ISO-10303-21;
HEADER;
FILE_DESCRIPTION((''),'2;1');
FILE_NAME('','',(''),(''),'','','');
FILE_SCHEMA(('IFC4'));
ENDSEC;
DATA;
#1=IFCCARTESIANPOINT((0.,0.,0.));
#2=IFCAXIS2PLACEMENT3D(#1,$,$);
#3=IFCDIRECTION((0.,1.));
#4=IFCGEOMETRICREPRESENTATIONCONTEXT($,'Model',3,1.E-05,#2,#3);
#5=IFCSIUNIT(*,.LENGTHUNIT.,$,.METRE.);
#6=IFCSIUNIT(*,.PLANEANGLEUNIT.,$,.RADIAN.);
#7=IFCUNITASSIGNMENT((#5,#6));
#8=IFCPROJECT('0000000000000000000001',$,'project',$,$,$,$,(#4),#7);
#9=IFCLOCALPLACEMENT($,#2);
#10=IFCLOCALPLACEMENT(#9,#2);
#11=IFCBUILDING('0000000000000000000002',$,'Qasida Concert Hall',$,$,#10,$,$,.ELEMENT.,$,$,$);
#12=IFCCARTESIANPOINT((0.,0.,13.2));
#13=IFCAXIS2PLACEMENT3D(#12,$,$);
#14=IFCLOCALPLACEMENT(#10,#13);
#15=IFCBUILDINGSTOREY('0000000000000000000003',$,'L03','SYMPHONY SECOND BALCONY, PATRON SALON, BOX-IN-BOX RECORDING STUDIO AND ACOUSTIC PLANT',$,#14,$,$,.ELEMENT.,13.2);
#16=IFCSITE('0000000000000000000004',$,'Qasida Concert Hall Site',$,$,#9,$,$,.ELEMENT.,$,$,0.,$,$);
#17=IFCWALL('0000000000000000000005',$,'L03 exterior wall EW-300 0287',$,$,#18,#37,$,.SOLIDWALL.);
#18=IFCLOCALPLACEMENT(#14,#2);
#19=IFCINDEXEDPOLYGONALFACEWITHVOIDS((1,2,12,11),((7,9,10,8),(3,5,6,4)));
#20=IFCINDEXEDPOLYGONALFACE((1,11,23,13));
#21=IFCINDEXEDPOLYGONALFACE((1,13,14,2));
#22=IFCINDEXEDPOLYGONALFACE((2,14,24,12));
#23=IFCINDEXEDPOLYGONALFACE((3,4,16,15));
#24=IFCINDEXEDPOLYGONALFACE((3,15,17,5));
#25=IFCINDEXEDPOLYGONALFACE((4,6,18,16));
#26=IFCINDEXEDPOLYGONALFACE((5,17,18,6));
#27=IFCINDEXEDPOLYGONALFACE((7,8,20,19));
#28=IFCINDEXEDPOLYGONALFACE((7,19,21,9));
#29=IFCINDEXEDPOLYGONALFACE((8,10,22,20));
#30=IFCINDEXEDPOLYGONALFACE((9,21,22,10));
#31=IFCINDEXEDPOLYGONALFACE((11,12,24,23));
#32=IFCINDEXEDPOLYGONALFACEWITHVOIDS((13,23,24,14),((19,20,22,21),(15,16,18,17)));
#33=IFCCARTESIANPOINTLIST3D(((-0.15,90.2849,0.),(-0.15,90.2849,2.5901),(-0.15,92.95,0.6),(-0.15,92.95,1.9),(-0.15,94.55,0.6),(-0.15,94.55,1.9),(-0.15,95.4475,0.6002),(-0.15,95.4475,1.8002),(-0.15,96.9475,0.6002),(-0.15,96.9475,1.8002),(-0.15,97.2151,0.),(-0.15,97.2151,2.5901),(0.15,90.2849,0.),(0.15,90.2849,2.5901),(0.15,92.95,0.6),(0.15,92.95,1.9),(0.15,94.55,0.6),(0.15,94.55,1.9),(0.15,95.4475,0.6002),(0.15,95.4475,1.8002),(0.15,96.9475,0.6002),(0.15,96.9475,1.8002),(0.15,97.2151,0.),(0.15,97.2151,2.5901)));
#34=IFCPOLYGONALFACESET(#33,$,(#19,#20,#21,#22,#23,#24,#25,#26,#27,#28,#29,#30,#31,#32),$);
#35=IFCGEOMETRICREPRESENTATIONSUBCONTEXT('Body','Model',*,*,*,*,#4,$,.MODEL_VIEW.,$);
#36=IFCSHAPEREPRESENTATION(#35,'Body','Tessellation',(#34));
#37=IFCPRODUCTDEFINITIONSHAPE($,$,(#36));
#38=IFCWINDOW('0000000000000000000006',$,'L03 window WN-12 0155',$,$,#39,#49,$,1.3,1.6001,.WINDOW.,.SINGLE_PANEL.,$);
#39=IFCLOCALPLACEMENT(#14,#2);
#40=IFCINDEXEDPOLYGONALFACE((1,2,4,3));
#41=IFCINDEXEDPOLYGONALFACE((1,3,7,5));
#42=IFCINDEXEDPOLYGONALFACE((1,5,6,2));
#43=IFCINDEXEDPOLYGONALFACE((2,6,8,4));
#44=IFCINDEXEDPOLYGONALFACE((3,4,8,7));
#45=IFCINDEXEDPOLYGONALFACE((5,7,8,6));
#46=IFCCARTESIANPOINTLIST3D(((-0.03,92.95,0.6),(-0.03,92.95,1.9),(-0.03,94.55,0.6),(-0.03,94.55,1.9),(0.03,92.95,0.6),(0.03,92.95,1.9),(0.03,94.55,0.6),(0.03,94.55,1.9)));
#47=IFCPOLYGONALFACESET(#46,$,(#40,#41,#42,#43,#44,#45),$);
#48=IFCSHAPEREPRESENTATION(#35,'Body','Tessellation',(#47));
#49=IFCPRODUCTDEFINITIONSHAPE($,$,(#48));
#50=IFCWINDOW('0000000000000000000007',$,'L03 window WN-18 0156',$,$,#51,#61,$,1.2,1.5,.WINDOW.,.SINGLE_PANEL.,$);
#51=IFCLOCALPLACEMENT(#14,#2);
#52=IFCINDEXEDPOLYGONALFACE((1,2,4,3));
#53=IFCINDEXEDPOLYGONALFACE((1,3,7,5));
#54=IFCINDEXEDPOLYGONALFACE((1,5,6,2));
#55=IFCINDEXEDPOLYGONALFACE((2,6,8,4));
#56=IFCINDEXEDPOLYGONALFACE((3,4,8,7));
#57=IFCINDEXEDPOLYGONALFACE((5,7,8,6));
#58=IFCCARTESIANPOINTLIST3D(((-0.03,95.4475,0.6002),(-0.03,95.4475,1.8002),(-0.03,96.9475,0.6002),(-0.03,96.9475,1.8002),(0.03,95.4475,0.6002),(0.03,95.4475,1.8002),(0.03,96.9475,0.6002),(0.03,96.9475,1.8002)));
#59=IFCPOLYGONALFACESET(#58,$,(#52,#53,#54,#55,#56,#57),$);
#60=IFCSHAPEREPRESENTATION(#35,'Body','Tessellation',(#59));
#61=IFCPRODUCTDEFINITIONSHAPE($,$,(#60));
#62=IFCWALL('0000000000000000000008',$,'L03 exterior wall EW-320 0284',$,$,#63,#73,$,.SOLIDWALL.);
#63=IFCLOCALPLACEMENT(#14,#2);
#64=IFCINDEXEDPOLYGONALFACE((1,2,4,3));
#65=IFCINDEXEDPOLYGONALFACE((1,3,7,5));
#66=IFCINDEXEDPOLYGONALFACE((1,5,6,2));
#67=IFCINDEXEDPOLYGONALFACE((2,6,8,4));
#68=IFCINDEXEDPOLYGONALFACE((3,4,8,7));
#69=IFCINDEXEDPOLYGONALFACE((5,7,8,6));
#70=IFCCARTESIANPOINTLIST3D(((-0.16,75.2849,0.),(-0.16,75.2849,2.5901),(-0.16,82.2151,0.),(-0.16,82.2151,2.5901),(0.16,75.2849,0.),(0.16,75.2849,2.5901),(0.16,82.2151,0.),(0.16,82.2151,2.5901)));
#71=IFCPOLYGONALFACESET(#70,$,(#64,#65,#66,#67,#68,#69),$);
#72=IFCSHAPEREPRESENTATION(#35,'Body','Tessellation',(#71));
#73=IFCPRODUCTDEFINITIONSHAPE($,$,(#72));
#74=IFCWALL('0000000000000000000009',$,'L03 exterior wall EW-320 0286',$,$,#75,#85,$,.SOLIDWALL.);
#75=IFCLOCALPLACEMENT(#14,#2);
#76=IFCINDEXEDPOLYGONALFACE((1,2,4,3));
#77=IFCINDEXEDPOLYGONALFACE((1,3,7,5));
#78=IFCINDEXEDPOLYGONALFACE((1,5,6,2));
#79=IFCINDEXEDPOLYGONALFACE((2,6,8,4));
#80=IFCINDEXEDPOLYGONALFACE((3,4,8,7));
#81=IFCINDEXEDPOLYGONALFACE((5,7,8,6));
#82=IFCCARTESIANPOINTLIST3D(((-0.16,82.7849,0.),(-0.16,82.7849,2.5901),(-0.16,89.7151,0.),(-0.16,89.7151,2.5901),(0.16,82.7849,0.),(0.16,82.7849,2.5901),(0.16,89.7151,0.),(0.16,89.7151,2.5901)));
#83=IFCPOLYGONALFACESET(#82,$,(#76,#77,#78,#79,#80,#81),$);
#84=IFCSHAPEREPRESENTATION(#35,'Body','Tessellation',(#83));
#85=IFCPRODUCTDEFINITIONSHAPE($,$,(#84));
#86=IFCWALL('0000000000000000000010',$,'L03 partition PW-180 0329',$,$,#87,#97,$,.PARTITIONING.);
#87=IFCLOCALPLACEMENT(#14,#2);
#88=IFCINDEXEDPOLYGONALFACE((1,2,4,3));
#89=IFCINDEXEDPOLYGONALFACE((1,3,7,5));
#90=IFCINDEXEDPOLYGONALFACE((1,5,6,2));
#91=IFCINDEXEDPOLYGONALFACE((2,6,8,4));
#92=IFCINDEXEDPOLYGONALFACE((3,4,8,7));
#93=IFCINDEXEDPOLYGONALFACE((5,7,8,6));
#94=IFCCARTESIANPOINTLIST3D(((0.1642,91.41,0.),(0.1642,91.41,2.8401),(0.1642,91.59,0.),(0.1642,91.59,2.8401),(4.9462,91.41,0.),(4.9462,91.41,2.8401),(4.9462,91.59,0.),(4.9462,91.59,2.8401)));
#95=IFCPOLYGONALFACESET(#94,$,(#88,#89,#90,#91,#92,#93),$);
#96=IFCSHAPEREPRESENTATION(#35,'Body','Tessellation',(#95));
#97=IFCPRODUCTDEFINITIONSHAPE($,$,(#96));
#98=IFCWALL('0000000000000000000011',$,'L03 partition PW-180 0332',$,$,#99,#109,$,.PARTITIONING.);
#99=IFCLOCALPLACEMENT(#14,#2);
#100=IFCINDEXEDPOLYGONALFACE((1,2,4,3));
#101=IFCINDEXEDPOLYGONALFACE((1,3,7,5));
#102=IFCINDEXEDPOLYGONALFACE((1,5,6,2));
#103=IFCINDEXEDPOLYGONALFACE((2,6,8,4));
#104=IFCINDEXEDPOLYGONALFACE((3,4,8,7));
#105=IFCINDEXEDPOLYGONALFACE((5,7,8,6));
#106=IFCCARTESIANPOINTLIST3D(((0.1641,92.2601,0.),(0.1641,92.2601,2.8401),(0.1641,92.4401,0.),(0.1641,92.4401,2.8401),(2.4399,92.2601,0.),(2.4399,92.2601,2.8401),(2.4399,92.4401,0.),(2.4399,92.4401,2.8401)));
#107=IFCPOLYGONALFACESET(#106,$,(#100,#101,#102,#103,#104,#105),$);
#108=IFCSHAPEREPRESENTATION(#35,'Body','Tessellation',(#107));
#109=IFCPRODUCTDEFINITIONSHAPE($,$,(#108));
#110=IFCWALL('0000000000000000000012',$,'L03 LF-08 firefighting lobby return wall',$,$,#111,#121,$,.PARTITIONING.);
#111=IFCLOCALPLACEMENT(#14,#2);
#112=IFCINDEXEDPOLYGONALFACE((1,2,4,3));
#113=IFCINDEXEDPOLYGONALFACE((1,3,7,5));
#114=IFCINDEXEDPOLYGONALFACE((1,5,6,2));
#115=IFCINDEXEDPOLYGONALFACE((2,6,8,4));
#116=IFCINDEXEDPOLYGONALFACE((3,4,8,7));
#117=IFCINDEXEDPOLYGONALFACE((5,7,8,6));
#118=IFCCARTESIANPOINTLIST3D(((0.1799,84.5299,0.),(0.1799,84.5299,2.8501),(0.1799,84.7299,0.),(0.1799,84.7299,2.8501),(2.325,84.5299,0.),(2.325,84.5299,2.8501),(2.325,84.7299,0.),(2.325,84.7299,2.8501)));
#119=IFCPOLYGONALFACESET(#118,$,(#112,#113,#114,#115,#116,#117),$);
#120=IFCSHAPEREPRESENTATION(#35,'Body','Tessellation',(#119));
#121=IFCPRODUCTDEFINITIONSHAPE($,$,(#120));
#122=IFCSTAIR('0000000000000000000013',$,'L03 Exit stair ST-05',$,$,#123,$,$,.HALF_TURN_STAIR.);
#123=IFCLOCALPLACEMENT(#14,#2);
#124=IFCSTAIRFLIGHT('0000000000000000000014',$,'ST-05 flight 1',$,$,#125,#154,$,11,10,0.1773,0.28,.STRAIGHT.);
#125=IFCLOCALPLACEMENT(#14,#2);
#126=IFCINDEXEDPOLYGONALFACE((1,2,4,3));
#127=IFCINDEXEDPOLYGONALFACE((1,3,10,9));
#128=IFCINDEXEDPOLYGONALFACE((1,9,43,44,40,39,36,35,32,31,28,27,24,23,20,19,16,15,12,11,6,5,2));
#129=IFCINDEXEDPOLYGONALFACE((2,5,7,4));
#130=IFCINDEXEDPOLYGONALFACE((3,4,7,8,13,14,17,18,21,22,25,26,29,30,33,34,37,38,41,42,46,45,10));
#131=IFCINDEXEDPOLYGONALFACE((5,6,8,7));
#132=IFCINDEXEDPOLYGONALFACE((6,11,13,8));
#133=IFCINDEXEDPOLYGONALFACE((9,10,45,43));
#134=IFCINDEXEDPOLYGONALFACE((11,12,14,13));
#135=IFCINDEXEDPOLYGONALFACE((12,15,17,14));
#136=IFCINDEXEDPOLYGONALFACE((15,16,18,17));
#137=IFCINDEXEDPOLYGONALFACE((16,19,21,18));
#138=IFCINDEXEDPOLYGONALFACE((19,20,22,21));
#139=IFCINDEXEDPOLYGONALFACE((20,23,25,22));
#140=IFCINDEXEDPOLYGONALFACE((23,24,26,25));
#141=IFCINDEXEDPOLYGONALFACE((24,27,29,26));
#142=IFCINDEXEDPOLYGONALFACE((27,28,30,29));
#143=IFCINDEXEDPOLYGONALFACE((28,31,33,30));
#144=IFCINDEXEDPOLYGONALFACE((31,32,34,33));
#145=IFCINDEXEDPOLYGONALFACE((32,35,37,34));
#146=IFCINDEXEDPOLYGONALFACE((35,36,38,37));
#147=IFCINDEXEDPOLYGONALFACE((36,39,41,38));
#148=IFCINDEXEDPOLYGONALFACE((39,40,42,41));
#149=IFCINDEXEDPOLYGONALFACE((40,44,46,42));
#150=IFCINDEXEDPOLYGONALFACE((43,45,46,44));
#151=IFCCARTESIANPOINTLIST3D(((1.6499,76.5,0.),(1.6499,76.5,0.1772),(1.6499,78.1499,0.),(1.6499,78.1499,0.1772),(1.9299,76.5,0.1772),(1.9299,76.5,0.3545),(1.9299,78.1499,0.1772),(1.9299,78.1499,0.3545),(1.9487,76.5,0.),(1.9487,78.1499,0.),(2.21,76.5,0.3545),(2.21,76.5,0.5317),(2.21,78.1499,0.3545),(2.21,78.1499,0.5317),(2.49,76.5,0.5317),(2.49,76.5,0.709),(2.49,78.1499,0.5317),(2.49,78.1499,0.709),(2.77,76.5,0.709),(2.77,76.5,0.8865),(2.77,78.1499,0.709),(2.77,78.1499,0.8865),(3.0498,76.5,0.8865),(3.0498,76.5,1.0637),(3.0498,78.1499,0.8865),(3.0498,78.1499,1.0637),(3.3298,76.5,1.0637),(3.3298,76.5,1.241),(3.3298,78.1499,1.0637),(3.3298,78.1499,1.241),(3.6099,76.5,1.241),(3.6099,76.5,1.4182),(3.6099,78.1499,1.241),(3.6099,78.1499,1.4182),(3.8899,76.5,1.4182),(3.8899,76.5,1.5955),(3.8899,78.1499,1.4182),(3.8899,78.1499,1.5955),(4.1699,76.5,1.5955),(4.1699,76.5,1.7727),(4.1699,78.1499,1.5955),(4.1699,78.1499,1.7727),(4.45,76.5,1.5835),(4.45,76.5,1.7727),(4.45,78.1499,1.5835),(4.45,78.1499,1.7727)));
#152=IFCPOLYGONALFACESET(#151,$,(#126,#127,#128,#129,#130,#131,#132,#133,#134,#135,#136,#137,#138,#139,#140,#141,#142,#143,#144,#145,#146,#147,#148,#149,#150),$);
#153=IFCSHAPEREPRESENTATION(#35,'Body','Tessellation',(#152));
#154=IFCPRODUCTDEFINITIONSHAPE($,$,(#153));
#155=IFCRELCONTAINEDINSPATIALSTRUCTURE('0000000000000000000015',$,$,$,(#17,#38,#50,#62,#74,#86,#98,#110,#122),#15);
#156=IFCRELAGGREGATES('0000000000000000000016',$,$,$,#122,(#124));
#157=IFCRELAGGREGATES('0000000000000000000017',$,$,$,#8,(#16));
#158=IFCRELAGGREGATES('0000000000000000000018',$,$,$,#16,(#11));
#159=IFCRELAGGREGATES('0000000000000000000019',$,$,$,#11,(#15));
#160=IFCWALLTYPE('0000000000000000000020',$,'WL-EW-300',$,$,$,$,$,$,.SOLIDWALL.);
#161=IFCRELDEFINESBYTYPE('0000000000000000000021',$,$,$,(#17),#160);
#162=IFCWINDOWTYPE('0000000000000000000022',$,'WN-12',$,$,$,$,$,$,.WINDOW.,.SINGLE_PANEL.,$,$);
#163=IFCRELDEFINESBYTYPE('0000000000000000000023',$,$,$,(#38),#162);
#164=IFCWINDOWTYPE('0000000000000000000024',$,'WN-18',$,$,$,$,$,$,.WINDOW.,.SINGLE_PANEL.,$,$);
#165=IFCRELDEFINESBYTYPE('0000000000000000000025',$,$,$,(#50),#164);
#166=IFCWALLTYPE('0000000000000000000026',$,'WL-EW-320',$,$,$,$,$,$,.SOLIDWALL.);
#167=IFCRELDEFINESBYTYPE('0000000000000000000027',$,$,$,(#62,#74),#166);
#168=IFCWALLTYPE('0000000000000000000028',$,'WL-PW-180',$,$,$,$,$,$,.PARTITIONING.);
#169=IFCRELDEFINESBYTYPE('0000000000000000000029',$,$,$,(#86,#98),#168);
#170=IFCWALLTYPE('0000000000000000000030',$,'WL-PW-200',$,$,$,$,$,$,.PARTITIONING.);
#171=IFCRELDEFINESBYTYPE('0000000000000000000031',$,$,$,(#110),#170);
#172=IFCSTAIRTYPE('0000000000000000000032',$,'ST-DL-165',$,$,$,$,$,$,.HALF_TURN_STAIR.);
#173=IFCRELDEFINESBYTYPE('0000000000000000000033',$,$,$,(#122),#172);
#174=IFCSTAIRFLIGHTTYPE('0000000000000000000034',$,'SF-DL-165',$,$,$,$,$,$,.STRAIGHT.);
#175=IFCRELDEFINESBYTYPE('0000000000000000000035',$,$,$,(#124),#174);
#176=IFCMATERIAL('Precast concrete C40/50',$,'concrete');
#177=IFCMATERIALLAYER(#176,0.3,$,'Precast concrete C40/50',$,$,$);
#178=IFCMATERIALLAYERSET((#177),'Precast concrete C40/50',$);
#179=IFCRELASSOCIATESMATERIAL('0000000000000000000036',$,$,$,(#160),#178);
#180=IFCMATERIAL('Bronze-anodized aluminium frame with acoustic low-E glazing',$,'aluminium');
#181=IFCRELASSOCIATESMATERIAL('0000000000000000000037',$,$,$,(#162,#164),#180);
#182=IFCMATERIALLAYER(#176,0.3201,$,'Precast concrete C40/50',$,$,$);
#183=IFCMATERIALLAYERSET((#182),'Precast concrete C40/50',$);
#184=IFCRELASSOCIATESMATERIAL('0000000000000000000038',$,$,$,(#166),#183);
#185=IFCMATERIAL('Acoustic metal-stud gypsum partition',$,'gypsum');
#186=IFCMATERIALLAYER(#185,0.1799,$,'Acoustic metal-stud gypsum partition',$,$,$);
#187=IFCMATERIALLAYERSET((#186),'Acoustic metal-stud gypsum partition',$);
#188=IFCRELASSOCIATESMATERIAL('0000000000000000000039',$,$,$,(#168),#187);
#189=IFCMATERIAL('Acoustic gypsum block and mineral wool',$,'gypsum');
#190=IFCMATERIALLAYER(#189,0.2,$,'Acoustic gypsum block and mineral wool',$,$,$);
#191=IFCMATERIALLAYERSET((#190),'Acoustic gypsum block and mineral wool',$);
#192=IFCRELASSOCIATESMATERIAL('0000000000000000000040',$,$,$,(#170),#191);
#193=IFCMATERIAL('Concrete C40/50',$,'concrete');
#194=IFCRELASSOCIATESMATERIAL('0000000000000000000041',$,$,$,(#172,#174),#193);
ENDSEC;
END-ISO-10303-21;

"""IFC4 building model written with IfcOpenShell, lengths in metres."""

from ifc_helpers import new_model, si_unit, direction, frame, frame_2d, origin, place, context, subcontext, project, spatial, polyline, rectangle, outline, extrude, material, layer, layer_set, type_object, element, fill, aggregate, save


model = new_model("IFC4")

# Units and contexts
model_context = context("Model", 3, precision=1e-05, world=origin(), true_north=direction((0.0, 1.0)))
body_context = subcontext(model_context, "Body", "Model", "MODEL_VIEW")
ifc_project = project(units=[si_unit("LENGTHUNIT", "METRE"), si_unit("PLANEANGLEUNIT", "RADIAN")], contexts=[model_context])

# Site, building, storey
site_placement = place(None, origin())
site = spatial("IfcSite", under=ifc_project, at=site_placement, Name="Qasida Concert Hall Site", CompositionType="ELEMENT", RefElevation=0.0)
building_placement = place(site_placement, origin())
building = spatial("IfcBuilding", under=site, at=building_placement, Name="Qasida Concert Hall", CompositionType="ELEMENT")
storey_placement = place(building_placement, frame((0.0, 0.0, 13.2)))
storey = spatial("IfcBuildingStorey", under=building, at=storey_placement, Name="L03", Description="SYMPHONY SECOND BALCONY, PATRON SALON, BOX-IN-BOX RECORDING STUDIO AND ACOUSTIC PLANT", CompositionType="ELEMENT", Elevation=13.2)

# Shared definitions
ifc_material_1 = material(Name="Concrete C40/50", Category="concrete")

# Wall, openings, windows
ifc_material_2 = material(Name="Precast concrete C40/50", Category="concrete")
ifc_layer_1 = layer(ifc_material_2, 0.3, Name="Precast concrete C40/50")
ifc_layer_set_1 = layer_set([ifc_layer_1], Name="Precast concrete C40/50")
wall_type_1 = type_object("IfcWallType", Name="WL-EW-300", PredefinedType="SOLIDWALL", material=ifc_layer_set_1)
wall_1_placement = place(storey_placement, frame((0.0, 90.2849, 0.0), z_axis=(0.0, 0.0, 1.0), x_axis=(0.0, 1.0, 0.0)))
wall_1 = element("IfcWall", 1, at=wall_1_placement, inside=storey, type_object=wall_type_1, Name="L03 exterior wall EW-300 0287", PredefinedType="SOLIDWALL", context=body_context, shape_type="SweptSolid", body=[
    extrude(rectangle(XDim=6.9302, YDim=0.3, at=frame_2d((3.4651, 0.0))), origin(), (0.0, 0.0, 1.0), 2.5901),
])
opening_1_placement = place(wall_1_placement, frame((2.665, 0.0, 0.6001)))
opening_1 = element("IfcOpeningElement", 2, at=opening_1_placement, cuts=wall_1, PredefinedType="OPENING", context=body_context, shape_type="SweptSolid", body=[
    extrude(rectangle(XDim=1.6001, YDim=1.3, at=frame_2d((0.8, 0.6499))), frame((0.0, 0.1599, 0.0), z_axis=(0.0, -1.0, 0.0), x_axis=(1.0, 0.0, 0.0)), (0.0, 0.0, 1.0), 0.3201),
])
opening_2_placement = place(wall_1_placement, frame((5.1626, 0.0, 0.6001)))
opening_2 = element("IfcOpeningElement", 3, at=opening_2_placement, cuts=wall_1, PredefinedType="OPENING", context=body_context, shape_type="SweptSolid", body=[
    extrude(rectangle(XDim=1.5, YDim=1.2, at=frame_2d((0.75, 0.6001))), frame((0.0, 0.1599, 0.0), z_axis=(0.0, -1.0, 0.0), x_axis=(1.0, 0.0, 0.0)), (0.0, 0.0, 1.0), 0.3201),
])
ifc_material_3 = material(Name="Bronze-anodized aluminium frame with acoustic low-E glazing", Category="aluminium")
window_type_1 = type_object("IfcWindowType", Name="WN-12", PartitioningType="SINGLE_PANEL", PredefinedType="WINDOW", material=ifc_material_3)
window_1_placement = place(opening_1_placement, origin())
window_1 = element("IfcWindow", 4, at=window_1_placement, inside=storey, type_object=window_type_1, Name="L03 window WN-12 0155", OverallHeight=1.3, OverallWidth=1.6001, PartitioningType="SINGLE_PANEL", PredefinedType="WINDOW", context=body_context, shape_type="SweptSolid", body=[
    extrude(rectangle(XDim=1.6001, YDim=1.3, at=frame_2d((0.8, 0.6499))), frame((0.0, 0.03, 0.0), z_axis=(0.0, -1.0, 0.0), x_axis=(1.0, 0.0, 0.0)), (0.0, 0.0, 1.0), 0.0601),
])
fill(opening_1, window_1)
window_type_2 = type_object("IfcWindowType", Name="WN-18", PartitioningType="SINGLE_PANEL", PredefinedType="WINDOW", material=ifc_material_3)
window_2_placement = place(opening_2_placement, origin())
window_2 = element("IfcWindow", 5, at=window_2_placement, inside=storey, type_object=window_type_2, Name="L03 window WN-18 0156", OverallHeight=1.2, OverallWidth=1.5, PartitioningType="SINGLE_PANEL", PredefinedType="WINDOW", context=body_context, shape_type="SweptSolid", body=[
    extrude(rectangle(XDim=1.5, YDim=1.2, at=frame_2d((0.75, 0.6001))), frame((0.0, 0.03, 0.0), z_axis=(0.0, -1.0, 0.0), x_axis=(1.0, 0.0, 0.0)), (0.0, 0.0, 1.0), 0.0601),
])
fill(opening_2, window_2)

# Walls
ifc_layer_2 = layer(ifc_material_2, 0.3201, Name="Precast concrete C40/50")
ifc_layer_set_2 = layer_set([ifc_layer_2], Name="Precast concrete C40/50")
wall_type_2 = type_object("IfcWallType", Name="WL-EW-320", PredefinedType="SOLIDWALL", material=ifc_layer_set_2)
for number, where, z_axis, x_axis, name in (
    (6, (0.0, 75.2849, 0.0), (0.0, 0.0, 1.0), (0.0, 1.0, 0.0), "L03 exterior wall EW-320 0284"),
    (7, (0.0, 82.7849, 0.0), (0.0, 0.0, 1.0), (0.0, 1.0, 0.0), "L03 exterior wall EW-320 0286"),
):
    element("IfcWall", number, at=place(storey_placement, frame(where, z_axis=z_axis, x_axis=x_axis)), inside=storey, type_object=wall_type_2, Name=name, PredefinedType="SOLIDWALL", context=body_context, shape_type="SweptSolid", body=[
        extrude(rectangle(XDim=6.9302, YDim=0.3201, at=frame_2d((3.4651, 0.0))), origin(), (0.0, 0.0, 1.0), 2.5901),
    ])
ifc_material_4 = material(Name="Acoustic metal-stud gypsum partition", Category="gypsum")
ifc_layer_3 = layer(ifc_material_4, 0.1799, Name="Acoustic metal-stud gypsum partition")
ifc_layer_set_3 = layer_set([ifc_layer_3], Name="Acoustic metal-stud gypsum partition")
wall_type_3 = type_object("IfcWallType", Name="WL-PW-180", PredefinedType="PARTITIONING", material=ifc_layer_set_3)
wall_2_placement = place(storey_placement, frame((0.1641, 91.5, 0.0), z_axis=(0.0, 0.0, 1.0), x_axis=(1.0, 0.0, 0.0)))
element("IfcWall", 8, at=wall_2_placement, inside=storey, type_object=wall_type_3, Name="L03 partition PW-180 0329", PredefinedType="PARTITIONING", context=body_context, shape_type="SweptSolid", body=[
    extrude(rectangle(XDim=4.782, YDim=0.1799, at=frame_2d((2.3911, 0.0))), origin(), (0.0, 0.0, 1.0), 2.8401),
])
wall_3_placement = place(storey_placement, frame((0.1641, 92.3501, 0.0), z_axis=(0.0, 0.0, 1.0), x_axis=(1.0, 0.0, 0.0)))
element("IfcWall", 9, at=wall_3_placement, inside=storey, type_object=wall_type_3, Name="L03 partition PW-180 0332", PredefinedType="PARTITIONING", context=body_context, shape_type="SweptSolid", body=[
    extrude(rectangle(XDim=2.2759, YDim=0.1799, at=frame_2d((1.1379, 0.0))), origin(), (0.0, 0.0, 1.0), 2.8401),
])
ifc_material_5 = material(Name="Acoustic gypsum block and mineral wool", Category="gypsum")
ifc_layer_4 = layer(ifc_material_5, 0.2, Name="Acoustic gypsum block and mineral wool")
ifc_layer_set_4 = layer_set([ifc_layer_4], Name="Acoustic gypsum block and mineral wool")
wall_type_4 = type_object("IfcWallType", Name="WL-PW-200", PredefinedType="PARTITIONING", material=ifc_layer_set_4)
wall_4_placement = place(storey_placement, frame((0.1799, 84.6299, 0.0), z_axis=(0.0, 0.0, 1.0), x_axis=(1.0, 0.0, 0.0)))
element("IfcWall", 10, at=wall_4_placement, inside=storey, type_object=wall_type_4, Name="L03 LF-08 firefighting lobby return wall", PredefinedType="PARTITIONING", context=body_context, shape_type="SweptSolid", body=[
    extrude(rectangle(XDim=2.145, YDim=0.2, at=frame_2d((1.0725, 0.0))), origin(), (0.0, 0.0, 1.0), 2.8501),
])

# Stair, stair flight
stair_type = type_object("IfcStairType", Name="ST-DL-165", PredefinedType="HALF_TURN_STAIR", material=ifc_material_1)
stair_placement = place(storey_placement, origin())
stair = element("IfcStair", 11, at=stair_placement, inside=storey, type_object=stair_type, Name="L03 Exit stair ST-05", PredefinedType="HALF_TURN_STAIR")
stair_flight_type = type_object("IfcStairFlightType", Name="SF-DL-165", PredefinedType="STRAIGHT", material=ifc_material_1)
stair_flight_1_placement = place(storey_placement, frame((1.6499, 77.325, 0.0), z_axis=(0.0, 0.0, 1.0), x_axis=(1.0, 0.0, 0.0)))
stair_flight_1 = element("IfcStairFlight", 12, at=stair_flight_1_placement, type_object=stair_flight_type, Name="ST-05 flight 1", NumberOfRisers=11, NumberOfTreads=10, PredefinedType="STRAIGHT", RiserHeight=0.1773, TreadLength=0.28, context=body_context, shape_type="SweptSolid", body=[
    extrude(outline(polyline([(0.0, 0.0), (0.0, 0.1772), (0.28, 0.1772), (0.28, 0.3545), (0.5601, 0.3545), (0.5601, 0.5317), (0.8401, 0.5317), (0.8401, 0.709), (1.1201, 0.709), (1.1201, 0.8865), (1.3999, 0.8865), (1.3999, 1.0637), (1.6799, 1.0637), (1.6799, 1.241), (1.96, 1.241), (1.96, 1.4182), (2.24, 1.4182), (2.24, 1.5955), (2.52, 1.5955), (2.52, 1.7727), (2.8, 1.7727), (2.8, 1.95), (2.8, 1.5835), (0.2988, 0.0), (0.0, 0.0)])), frame((0.0, 0.825, 0.0), z_axis=(0.0, -1.0, 0.0), x_axis=(1.0, 0.0, 0.0)), (0.0, 0.0, 1.0), 1.6499),
])
aggregate(stair, [stair_flight_1])

save(model, "model.ifc")
